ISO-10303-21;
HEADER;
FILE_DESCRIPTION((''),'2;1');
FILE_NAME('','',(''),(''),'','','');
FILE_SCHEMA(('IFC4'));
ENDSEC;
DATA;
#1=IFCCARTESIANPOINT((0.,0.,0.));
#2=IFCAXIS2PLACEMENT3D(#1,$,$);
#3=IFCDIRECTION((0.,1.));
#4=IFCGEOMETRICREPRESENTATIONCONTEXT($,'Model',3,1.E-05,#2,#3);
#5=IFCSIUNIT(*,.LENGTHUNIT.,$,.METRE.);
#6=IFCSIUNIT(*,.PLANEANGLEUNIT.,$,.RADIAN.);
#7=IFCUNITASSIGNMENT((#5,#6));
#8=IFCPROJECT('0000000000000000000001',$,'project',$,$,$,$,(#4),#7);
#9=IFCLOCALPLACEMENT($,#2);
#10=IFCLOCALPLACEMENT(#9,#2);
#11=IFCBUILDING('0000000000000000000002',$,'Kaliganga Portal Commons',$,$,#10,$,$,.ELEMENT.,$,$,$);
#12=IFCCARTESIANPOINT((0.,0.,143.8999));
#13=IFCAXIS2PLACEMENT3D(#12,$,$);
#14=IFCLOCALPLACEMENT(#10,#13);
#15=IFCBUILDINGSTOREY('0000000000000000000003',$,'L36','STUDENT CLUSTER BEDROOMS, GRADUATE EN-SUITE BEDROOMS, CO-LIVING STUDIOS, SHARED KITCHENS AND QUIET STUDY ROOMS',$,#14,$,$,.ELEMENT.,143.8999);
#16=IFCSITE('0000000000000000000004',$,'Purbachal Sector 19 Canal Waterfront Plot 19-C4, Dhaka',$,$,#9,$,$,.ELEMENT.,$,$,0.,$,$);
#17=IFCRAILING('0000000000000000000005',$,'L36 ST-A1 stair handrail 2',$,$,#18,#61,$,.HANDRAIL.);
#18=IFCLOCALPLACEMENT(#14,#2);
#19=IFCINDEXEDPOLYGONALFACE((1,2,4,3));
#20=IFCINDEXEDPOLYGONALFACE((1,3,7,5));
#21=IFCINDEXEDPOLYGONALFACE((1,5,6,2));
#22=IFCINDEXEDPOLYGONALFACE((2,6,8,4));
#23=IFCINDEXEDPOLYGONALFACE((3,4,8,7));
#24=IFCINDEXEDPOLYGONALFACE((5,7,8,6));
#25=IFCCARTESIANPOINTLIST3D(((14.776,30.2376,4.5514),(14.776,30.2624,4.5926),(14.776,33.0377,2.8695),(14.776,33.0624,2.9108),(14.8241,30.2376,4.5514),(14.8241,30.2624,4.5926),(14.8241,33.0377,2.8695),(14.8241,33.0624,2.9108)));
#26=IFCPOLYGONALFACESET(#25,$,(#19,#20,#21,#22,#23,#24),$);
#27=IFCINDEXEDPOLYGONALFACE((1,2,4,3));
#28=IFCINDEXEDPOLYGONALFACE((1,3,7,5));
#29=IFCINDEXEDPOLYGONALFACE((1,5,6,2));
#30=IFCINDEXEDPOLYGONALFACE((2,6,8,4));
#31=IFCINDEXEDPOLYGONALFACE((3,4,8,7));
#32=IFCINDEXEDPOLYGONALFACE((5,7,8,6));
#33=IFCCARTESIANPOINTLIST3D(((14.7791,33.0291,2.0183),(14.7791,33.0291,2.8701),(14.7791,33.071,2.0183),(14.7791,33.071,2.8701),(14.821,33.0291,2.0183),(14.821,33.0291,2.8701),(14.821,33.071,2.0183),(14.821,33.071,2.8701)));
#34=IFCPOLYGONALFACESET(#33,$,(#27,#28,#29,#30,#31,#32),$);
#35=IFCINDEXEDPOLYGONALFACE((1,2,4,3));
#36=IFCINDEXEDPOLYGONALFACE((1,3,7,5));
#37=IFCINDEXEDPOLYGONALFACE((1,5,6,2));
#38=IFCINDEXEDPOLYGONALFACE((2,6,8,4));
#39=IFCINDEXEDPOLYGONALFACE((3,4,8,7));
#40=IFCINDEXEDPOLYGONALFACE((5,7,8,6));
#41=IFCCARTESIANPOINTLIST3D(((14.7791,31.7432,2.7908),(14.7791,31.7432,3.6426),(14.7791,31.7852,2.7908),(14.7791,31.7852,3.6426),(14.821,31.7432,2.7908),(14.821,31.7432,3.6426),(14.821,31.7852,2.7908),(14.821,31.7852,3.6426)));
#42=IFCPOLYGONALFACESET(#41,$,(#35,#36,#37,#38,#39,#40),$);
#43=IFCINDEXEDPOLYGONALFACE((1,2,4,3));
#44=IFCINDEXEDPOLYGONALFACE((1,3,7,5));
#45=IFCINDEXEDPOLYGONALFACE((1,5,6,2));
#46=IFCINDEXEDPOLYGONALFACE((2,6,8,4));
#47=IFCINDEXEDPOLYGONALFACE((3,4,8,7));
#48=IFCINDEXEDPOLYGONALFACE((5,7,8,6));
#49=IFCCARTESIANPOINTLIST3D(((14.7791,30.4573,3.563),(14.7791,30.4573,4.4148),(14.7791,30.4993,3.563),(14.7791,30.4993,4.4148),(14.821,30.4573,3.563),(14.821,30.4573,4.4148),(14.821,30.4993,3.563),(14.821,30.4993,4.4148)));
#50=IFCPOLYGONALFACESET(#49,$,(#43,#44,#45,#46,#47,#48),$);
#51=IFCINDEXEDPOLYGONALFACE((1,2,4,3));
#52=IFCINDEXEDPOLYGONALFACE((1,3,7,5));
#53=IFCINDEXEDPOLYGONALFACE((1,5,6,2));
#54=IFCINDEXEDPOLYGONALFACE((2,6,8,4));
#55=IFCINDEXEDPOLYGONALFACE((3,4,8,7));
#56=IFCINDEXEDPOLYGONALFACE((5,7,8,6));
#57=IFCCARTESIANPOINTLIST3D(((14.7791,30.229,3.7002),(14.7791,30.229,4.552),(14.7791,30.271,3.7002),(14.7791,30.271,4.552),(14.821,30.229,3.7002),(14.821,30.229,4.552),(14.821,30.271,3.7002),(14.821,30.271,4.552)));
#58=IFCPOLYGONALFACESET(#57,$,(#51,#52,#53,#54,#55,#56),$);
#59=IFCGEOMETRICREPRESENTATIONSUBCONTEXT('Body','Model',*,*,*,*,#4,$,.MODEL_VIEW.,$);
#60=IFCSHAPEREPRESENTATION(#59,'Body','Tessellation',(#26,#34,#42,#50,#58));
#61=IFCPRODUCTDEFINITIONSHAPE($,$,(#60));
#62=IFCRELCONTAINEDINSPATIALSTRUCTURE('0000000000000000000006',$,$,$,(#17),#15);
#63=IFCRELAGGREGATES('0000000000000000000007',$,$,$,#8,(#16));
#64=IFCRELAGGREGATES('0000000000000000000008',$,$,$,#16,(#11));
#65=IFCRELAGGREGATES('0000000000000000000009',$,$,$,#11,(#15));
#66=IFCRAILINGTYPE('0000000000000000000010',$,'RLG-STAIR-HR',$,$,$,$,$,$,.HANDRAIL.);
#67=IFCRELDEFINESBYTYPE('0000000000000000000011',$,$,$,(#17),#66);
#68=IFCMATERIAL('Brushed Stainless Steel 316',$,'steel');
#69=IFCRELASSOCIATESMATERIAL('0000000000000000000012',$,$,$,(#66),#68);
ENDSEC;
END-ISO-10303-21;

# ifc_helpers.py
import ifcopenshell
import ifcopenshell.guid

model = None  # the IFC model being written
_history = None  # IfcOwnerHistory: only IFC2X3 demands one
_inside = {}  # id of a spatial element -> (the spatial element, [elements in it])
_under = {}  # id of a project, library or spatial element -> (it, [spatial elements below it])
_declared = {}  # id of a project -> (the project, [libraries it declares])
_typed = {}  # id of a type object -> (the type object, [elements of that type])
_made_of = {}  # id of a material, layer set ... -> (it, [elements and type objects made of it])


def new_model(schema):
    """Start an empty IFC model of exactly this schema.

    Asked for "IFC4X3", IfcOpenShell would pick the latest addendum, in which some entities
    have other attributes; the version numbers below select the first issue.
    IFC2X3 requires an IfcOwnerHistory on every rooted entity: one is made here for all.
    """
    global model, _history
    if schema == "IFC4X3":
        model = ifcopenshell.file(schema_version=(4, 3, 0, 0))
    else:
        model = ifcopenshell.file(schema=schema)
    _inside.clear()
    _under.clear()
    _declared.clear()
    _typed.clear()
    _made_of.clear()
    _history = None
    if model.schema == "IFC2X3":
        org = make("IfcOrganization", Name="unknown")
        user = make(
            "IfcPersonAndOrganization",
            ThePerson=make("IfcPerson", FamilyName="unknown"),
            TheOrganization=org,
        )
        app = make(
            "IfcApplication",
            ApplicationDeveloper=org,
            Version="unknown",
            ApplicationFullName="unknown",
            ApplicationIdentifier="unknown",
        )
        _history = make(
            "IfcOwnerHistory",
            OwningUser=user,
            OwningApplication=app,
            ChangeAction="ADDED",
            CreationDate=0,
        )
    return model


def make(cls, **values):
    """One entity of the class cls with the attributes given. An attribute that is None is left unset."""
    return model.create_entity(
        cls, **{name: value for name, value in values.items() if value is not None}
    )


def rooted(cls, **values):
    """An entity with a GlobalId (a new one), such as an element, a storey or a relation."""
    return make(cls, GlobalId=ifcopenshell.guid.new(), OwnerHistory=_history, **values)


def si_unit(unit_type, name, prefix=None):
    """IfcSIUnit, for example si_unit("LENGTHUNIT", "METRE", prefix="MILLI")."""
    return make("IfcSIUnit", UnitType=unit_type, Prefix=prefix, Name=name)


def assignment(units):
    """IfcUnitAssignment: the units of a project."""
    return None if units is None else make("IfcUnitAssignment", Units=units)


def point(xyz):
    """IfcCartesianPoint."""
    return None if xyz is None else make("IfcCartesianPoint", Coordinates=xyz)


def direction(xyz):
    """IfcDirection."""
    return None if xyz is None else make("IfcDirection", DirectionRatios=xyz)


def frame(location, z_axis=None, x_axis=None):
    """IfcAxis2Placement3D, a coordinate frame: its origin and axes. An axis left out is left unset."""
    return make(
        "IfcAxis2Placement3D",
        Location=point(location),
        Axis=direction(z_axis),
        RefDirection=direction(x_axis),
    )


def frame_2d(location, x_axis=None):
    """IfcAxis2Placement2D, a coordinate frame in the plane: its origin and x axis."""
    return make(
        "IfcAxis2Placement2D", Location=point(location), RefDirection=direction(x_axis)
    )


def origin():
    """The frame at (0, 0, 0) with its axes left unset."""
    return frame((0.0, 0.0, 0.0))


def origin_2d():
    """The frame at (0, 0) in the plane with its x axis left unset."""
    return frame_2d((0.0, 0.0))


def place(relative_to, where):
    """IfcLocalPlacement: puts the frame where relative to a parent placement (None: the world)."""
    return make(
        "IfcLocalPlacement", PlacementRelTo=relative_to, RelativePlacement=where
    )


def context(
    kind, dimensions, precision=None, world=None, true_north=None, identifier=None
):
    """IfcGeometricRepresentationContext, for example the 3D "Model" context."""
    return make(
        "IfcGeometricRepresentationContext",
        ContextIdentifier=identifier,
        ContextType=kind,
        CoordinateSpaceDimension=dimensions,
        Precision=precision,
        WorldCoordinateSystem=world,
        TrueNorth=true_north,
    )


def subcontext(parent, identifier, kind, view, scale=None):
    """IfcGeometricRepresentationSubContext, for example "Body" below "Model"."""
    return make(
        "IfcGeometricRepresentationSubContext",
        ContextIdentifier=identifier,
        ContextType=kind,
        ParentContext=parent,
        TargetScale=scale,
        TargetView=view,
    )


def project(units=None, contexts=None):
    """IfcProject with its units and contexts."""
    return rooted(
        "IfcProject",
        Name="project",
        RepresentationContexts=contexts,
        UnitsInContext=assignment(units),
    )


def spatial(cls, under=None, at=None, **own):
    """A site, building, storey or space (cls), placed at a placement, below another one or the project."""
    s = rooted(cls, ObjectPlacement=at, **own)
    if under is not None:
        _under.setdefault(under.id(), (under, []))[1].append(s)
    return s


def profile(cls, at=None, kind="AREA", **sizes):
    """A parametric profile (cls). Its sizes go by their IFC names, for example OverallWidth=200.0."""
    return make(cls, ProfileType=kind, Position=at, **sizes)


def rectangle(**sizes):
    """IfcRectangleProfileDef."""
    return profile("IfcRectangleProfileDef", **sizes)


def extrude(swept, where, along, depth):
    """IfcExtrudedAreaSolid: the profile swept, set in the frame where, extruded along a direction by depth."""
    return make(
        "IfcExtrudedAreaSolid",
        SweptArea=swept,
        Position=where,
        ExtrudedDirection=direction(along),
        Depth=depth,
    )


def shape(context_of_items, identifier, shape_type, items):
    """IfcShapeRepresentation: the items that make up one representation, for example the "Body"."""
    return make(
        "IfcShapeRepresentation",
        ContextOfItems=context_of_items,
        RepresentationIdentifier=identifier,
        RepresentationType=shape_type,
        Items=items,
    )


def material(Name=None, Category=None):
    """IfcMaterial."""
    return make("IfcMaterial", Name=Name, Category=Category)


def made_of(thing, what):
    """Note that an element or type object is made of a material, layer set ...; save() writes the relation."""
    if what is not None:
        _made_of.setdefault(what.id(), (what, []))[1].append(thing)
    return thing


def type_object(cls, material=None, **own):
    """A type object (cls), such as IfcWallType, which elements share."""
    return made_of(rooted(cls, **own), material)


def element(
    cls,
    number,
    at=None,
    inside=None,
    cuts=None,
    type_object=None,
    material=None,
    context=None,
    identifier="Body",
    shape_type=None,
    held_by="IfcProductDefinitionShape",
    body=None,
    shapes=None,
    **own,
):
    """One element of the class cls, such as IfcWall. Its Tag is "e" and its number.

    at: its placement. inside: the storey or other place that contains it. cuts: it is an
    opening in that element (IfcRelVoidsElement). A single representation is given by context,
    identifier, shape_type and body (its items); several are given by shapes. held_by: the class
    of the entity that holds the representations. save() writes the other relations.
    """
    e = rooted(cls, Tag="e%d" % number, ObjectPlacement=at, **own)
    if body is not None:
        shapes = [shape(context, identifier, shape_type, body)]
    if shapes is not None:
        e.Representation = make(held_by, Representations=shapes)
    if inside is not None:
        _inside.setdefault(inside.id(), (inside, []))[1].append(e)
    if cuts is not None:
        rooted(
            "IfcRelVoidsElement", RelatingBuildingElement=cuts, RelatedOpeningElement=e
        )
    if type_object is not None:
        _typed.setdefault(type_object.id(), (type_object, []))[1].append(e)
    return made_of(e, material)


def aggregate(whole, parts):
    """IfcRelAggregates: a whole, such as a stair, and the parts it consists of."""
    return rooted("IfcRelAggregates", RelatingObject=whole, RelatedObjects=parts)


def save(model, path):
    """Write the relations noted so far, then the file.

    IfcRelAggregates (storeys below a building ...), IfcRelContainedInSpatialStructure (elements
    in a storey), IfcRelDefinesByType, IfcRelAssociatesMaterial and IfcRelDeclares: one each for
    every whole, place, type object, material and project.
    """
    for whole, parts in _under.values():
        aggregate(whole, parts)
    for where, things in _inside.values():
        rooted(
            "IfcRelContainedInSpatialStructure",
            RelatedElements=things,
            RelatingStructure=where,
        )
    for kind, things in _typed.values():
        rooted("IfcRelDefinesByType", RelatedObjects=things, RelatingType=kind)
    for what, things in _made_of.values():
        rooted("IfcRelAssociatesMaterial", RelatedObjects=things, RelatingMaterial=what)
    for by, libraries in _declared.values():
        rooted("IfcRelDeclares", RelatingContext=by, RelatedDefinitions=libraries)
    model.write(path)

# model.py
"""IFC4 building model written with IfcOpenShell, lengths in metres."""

from ifc_helpers import new_model, si_unit, direction, frame, origin, origin_2d, place, context, subcontext, project, spatial, rectangle, extrude, material, type_object, element, save


model = new_model("IFC4")

# Units and contexts
model_context = context("Model", 3, precision=1e-05, world=origin(), true_north=direction((0.0, 1.0)))
body_context = subcontext(model_context, "Body", "Model", "MODEL_VIEW")
ifc_project = project(units=[si_unit("LENGTHUNIT", "METRE"), si_unit("PLANEANGLEUNIT", "RADIAN")], contexts=[model_context])

# Site, building, storey
site_placement = place(None, origin())
site = spatial("IfcSite", under=ifc_project, at=site_placement, Name="Purbachal Sector 19 Canal Waterfront Plot 19-C4, Dhaka", CompositionType="ELEMENT", RefElevation=0.0)
building_placement = place(site_placement, origin())
building = spatial("IfcBuilding", under=site, at=building_placement, Name="Kaliganga Portal Commons", CompositionType="ELEMENT")
storey_placement = place(building_placement, frame((0.0, 0.0, 143.8999)))
storey = spatial("IfcBuildingStorey", under=building, at=storey_placement, Name="L36", Description="STUDENT CLUSTER BEDROOMS, GRADUATE EN-SUITE BEDROOMS, CO-LIVING STUDIOS, SHARED KITCHENS AND QUIET STUDY ROOMS", CompositionType="ELEMENT", Elevation=143.8999)

# Railing
ifc_material_1 = material(Name="Brushed Stainless Steel 316", Category="steel")
railing_type = type_object("IfcRailingType", Name="RLG-STAIR-HR", PredefinedType="HANDRAIL", material=ifc_material_1)
railing_placement = place(storey_placement, frame((14.8, 33.05, 2.0183)))
element("IfcRailing", 1, at=railing_placement, inside=storey, type_object=railing_type, Name="L36 ST-A1 stair handrail 2", PredefinedType="HANDRAIL", context=body_context, shape_type="SweptSolid", body=[
    extrude(rectangle(XDim=0.0481, YDim=0.0481, at=origin_2d()), frame((0.0, 0.0, 0.8718), z_axis=(0.0, -0.857242, 0.514913), x_axis=(1.0, 0.0, 0.0)), (0.0, 0.0, 1.0), 3.2664),
    extrude(rectangle(XDim=0.042, YDim=0.042, at=origin_2d()), origin(), (0.0, 0.0, 1.0), 0.8518),
    extrude(rectangle(XDim=0.042, YDim=0.042, at=origin_2d()), frame((0.0, -1.2859, 0.7725)), (0.0, 0.0, 1.0), 0.8518),
    extrude(rectangle(XDim=0.042, YDim=0.042, at=origin_2d()), frame((0.0, -2.5718, 1.5447)), (0.0, 0.0, 1.0), 0.8518),
    extrude(rectangle(XDim=0.042, YDim=0.042, at=origin_2d()), frame((0.0, -2.8, 1.6819)), (0.0, 0.0, 1.0), 0.8518),
])

save(model, "model.ifc")
